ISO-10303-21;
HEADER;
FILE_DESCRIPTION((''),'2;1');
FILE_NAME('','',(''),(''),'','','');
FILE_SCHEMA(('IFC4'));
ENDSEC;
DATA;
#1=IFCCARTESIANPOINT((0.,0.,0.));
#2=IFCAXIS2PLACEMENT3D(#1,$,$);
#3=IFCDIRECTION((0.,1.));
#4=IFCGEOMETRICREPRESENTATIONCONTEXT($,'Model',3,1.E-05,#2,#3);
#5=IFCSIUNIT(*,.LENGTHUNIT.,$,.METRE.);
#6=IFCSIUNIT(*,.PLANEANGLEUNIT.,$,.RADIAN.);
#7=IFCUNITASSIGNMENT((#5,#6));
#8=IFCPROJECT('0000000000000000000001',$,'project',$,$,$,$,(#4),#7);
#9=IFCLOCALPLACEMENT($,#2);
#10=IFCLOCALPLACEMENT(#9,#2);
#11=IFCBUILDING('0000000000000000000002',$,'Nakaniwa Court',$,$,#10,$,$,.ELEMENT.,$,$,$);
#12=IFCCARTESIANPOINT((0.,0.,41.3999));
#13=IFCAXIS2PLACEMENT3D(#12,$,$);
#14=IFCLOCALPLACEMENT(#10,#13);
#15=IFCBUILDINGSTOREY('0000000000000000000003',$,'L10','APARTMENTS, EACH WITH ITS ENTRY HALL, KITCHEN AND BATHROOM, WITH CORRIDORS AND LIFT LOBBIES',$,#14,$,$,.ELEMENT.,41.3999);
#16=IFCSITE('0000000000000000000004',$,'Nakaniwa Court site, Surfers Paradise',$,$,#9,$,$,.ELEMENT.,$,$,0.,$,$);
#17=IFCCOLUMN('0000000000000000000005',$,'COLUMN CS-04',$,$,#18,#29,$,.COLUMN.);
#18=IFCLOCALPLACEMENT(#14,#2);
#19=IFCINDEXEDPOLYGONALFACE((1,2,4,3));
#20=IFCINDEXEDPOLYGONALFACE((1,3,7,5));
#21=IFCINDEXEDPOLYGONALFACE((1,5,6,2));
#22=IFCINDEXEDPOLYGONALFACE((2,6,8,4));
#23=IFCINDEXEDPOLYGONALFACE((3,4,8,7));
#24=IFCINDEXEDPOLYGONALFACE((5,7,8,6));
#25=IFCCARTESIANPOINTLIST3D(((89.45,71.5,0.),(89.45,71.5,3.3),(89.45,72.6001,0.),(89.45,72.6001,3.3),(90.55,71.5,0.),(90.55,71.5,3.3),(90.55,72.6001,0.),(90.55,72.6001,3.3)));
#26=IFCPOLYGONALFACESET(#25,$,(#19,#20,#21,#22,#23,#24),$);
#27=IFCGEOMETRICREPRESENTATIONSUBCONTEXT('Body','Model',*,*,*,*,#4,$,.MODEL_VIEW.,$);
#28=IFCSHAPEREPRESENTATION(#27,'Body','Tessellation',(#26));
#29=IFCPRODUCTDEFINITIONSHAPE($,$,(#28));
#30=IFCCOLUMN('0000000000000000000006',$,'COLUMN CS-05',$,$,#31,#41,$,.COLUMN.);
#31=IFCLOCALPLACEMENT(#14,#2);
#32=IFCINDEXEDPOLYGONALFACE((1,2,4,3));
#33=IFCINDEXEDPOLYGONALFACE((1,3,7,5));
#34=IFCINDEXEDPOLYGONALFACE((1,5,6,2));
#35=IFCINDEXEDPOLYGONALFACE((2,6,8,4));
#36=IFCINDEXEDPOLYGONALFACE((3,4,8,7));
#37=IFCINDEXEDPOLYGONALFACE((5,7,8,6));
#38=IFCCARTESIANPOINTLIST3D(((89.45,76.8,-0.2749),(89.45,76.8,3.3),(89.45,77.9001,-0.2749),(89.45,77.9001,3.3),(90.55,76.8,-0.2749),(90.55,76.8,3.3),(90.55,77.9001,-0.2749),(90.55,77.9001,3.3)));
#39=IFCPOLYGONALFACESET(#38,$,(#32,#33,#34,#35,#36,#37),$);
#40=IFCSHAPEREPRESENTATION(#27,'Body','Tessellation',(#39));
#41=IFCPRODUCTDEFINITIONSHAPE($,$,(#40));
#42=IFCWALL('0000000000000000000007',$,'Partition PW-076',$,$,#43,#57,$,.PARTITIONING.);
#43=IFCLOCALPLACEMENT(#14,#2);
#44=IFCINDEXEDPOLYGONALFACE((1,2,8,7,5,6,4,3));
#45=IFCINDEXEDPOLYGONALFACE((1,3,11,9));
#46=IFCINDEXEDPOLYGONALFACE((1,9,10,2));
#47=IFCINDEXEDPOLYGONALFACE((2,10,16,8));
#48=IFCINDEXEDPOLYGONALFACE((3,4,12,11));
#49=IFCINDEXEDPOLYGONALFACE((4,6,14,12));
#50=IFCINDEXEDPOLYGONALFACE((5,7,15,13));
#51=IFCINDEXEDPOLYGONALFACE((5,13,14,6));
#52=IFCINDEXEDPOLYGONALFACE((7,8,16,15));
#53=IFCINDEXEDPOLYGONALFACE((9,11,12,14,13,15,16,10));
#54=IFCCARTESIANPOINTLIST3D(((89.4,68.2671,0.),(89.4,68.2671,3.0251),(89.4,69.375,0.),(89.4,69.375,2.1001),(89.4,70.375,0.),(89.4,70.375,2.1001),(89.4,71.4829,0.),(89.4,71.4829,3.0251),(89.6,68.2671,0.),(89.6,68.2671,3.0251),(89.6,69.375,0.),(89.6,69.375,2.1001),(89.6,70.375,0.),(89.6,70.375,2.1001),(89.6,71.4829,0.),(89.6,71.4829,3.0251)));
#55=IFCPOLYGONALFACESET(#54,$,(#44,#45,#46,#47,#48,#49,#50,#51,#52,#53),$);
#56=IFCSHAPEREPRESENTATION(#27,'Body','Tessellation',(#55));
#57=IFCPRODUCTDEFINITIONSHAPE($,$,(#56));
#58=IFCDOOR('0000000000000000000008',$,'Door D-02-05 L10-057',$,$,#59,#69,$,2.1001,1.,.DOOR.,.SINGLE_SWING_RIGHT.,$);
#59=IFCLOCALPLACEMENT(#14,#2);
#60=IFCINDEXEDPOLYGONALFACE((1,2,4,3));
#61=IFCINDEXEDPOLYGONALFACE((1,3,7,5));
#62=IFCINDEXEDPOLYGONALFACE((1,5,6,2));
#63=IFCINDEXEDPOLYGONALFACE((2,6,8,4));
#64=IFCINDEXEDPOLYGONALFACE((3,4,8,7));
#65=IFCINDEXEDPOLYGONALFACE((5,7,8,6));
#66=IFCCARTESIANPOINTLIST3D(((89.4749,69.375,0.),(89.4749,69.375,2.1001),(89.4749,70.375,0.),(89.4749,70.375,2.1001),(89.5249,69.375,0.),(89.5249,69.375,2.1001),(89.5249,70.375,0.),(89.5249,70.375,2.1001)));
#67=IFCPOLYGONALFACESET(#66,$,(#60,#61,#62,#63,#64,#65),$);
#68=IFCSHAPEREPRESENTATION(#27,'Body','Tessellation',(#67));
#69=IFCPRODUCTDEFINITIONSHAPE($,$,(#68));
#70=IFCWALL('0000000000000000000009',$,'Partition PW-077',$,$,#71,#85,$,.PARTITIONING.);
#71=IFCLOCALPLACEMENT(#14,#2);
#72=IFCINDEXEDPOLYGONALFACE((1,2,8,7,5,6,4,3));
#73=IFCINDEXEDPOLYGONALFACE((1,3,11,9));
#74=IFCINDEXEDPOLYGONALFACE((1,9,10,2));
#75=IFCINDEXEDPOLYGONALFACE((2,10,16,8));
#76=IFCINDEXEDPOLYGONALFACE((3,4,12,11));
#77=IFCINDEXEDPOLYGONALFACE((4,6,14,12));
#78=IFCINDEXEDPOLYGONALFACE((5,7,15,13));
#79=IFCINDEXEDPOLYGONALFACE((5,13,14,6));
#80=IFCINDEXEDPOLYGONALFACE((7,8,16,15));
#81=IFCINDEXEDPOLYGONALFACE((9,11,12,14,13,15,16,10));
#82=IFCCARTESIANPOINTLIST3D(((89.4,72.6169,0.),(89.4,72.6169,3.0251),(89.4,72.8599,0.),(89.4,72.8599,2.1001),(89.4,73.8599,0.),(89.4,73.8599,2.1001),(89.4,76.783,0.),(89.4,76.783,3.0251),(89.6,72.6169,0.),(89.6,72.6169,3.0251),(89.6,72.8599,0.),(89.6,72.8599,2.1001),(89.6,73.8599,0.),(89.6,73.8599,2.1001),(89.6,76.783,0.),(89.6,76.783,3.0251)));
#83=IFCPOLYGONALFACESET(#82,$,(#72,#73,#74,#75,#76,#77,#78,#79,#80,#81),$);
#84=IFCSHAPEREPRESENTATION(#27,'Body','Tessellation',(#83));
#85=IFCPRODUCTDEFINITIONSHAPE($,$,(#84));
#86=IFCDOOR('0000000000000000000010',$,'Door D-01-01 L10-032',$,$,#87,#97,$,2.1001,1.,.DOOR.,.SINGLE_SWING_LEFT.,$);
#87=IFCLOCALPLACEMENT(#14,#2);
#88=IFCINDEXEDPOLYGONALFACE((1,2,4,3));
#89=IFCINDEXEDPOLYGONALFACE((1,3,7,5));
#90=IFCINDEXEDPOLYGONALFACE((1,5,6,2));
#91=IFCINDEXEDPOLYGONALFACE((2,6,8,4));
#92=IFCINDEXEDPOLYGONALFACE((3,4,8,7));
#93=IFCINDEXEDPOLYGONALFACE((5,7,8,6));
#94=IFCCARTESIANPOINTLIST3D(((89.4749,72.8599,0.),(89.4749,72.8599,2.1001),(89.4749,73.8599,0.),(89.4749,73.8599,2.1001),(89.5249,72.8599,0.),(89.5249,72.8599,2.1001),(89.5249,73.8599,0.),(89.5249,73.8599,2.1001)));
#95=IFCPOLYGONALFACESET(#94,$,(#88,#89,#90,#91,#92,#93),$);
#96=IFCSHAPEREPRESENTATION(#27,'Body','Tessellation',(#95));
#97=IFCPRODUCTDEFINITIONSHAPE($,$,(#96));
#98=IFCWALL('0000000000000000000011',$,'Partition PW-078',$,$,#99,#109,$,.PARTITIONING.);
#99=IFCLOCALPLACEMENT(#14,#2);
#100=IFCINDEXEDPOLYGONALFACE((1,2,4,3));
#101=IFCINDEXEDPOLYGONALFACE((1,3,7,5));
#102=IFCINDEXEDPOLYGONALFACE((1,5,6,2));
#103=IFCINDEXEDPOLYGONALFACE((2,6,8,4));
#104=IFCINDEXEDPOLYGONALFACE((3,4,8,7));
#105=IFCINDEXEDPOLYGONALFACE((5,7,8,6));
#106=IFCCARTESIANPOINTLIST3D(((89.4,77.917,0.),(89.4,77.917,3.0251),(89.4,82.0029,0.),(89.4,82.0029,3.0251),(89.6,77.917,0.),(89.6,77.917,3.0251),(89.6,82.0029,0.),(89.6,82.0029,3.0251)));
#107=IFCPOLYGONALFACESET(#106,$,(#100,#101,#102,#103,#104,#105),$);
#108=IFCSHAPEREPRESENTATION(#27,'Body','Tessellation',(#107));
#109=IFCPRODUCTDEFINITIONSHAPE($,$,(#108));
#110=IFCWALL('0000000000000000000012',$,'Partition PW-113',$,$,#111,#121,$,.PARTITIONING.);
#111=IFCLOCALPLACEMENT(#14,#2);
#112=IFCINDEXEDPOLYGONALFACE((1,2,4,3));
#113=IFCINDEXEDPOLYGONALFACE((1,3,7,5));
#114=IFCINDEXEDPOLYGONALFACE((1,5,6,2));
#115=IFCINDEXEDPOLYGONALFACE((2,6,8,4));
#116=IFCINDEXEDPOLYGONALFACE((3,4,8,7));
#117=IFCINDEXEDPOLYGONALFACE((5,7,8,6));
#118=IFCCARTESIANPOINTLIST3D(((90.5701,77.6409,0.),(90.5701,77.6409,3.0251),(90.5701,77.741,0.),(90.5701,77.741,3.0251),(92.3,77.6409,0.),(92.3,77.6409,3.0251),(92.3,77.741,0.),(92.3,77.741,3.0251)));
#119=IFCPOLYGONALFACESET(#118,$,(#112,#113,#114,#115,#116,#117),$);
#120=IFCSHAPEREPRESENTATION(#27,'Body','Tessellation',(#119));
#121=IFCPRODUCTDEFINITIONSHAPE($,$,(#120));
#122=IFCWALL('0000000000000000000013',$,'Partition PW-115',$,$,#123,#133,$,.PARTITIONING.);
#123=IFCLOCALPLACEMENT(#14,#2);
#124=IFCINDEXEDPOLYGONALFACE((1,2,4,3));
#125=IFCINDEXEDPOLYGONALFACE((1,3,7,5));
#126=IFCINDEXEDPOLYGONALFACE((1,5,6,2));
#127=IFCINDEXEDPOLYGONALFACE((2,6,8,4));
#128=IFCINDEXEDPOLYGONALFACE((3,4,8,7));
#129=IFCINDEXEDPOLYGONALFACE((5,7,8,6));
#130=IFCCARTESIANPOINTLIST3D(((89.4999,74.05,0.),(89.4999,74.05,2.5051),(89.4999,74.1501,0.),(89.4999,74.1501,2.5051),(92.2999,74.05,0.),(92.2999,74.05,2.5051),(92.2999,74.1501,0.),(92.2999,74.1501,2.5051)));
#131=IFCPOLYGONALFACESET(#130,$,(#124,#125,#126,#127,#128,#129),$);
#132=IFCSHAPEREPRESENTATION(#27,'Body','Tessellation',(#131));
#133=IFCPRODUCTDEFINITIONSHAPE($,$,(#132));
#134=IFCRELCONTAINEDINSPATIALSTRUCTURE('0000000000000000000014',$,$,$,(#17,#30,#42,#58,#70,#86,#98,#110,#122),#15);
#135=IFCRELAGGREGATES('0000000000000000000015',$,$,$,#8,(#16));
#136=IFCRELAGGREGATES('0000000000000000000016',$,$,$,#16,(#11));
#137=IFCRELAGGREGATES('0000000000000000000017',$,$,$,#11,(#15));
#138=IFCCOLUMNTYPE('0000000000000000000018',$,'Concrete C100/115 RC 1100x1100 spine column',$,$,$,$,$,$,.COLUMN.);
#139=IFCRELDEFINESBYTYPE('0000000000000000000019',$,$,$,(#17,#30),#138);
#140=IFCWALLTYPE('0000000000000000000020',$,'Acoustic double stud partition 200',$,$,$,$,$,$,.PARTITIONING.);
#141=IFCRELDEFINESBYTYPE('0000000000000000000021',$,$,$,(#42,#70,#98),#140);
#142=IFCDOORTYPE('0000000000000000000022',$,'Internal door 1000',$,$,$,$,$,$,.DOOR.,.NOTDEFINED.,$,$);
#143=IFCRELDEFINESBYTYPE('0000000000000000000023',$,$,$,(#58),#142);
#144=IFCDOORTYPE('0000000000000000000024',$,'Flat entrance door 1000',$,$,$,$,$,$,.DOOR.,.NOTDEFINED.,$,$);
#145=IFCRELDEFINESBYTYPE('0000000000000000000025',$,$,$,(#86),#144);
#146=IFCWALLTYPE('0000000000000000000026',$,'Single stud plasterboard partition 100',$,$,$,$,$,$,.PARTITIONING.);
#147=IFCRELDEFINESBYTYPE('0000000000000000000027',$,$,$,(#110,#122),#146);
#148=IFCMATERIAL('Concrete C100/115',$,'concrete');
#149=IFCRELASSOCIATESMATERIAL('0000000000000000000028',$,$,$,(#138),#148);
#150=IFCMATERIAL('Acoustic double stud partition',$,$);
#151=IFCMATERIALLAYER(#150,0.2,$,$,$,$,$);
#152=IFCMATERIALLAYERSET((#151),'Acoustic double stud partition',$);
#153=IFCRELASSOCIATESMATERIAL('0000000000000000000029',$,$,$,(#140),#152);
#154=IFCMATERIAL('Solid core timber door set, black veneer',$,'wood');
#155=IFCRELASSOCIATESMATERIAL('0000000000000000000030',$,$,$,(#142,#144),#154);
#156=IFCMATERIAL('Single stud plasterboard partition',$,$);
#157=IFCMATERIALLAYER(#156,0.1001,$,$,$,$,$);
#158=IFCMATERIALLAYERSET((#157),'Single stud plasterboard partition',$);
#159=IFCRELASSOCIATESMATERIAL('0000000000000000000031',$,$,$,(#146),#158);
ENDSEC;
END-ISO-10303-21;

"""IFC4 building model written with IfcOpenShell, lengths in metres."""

from ifc_helpers import new_model, si_unit, direction, frame, frame_2d, origin, origin_2d, place, context, subcontext, project, spatial, rectangle, extrude, material, layer, layer_set, material_profile, profile_set, type_object, element, fill, save


model = new_model("IFC4")

# Units and contexts
model_context = context("Model", 3, precision=1e-05, world=origin(), true_north=direction((0.0, 1.0)))
body_context = subcontext(model_context, "Body", "Model", "MODEL_VIEW")
ifc_project = project(units=[si_unit("LENGTHUNIT", "METRE"), si_unit("PLANEANGLEUNIT", "RADIAN")], contexts=[model_context])

# Site, building, storey
site_placement = place(None, origin())
site = spatial("IfcSite", under=ifc_project, at=site_placement, Name="Nakaniwa Court site, Surfers Paradise", CompositionType="ELEMENT", RefElevation=0.0)
building_placement = place(site_placement, origin())
building = spatial("IfcBuilding", under=site, at=building_placement, Name="Nakaniwa Court", CompositionType="ELEMENT")
storey_placement = place(building_placement, frame((0.0, 0.0, 41.3999)))
storey = spatial("IfcBuildingStorey", under=building, at=storey_placement, Name="L10", Description="APARTMENTS, EACH WITH ITS ENTRY HALL, KITCHEN AND BATHROOM, WITH CORRIDORS AND LIFT LOBBIES", CompositionType="ELEMENT", Elevation=41.3999)

# Columns
ifc_material_1 = material(Name="Concrete C100/115", Category="concrete")
ifc_material_profile = material_profile(ifc_material_1, rectangle(XDim=1.1001, YDim=1.1001, at=origin_2d()), Name="Concrete C100/115 RC 1100x1100 spine column")
ifc_profile_set = profile_set([ifc_material_profile], Name="Concrete C100/115")
column_type = type_object("IfcColumnType", Name="Concrete C100/115 RC 1100x1100 spine column", PredefinedType="COLUMN", material=ifc_profile_set)
column_1_placement = place(storey_placement, frame((90.0, 72.05, 0.0), z_axis=(0.0, 0.0, 1.0), x_axis=(0.0, 1.0, 0.0)))
element("IfcColumn", 1, at=column_1_placement, inside=storey, type_object=column_type, Name="COLUMN CS-04", PredefinedType="COLUMN", context=body_context, shape_type="SweptSolid", body=[
    extrude(rectangle(XDim=1.1001, YDim=1.1001, at=origin_2d()), origin(), (0.0, 0.0, 1.0), 3.3),
])
column_2_placement = place(storey_placement, frame((90.0, 77.3501, -0.2749), z_axis=(0.0, 0.0, 1.0), x_axis=(0.0, 1.0, 0.0)))
element("IfcColumn", 2, at=column_2_placement, inside=storey, type_object=column_type, Name="COLUMN CS-05", PredefinedType="COLUMN", context=body_context, shape_type="SweptSolid", body=[
    extrude(rectangle(XDim=1.1001, YDim=1.1001, at=origin_2d()), origin(), (0.0, 0.0, 1.0), 3.575),
])

# Walls, openings, doors
ifc_material_2 = material(Name="Acoustic double stud partition")
ifc_layer_1 = layer(ifc_material_2, 0.2)
ifc_layer_set_1 = layer_set([ifc_layer_1], Name="Acoustic double stud partition")
wall_type_1 = type_object("IfcWallType", Name="Acoustic double stud partition 200", PredefinedType="PARTITIONING", material=ifc_layer_set_1)
wall_1_placement = place(storey_placement, frame((89.5, 71.4829, 0.0), z_axis=(0.0, 0.0, 1.0), x_axis=(0.0, -1.0, 0.0)))
wall_1 = element("IfcWall", 3, at=wall_1_placement, inside=storey, type_object=wall_type_1, Name="Partition PW-076", PredefinedType="PARTITIONING", context=body_context, shape_type="SweptSolid", body=[
    extrude(rectangle(XDim=3.2158, YDim=0.2, at=frame_2d((1.6079, 0.0))), origin(), (0.0, 0.0, 1.0), 3.0251),
])
opening_1_placement = place(wall_1_placement, frame((1.1079, 0.0, 0.0)))
opening_1 = element("IfcOpeningElement", 4, at=opening_1_placement, cuts=wall_1, PredefinedType="OPENING", context=body_context, shape_type="SweptSolid", body=[
    extrude(rectangle(XDim=1.0, YDim=2.1001, at=frame_2d((0.5, 1.05))), frame((0.0, 0.1099, 0.0), z_axis=(0.0, -1.0, 0.0), x_axis=(1.0, 0.0, 0.0)), (0.0, 0.0, 1.0), 0.22),
])
ifc_material_3 = material(Name="Solid core timber door set, black veneer", Category="wood")
door_type_1 = type_object("IfcDoorType", Name="Internal door 1000", OperationType="NOTDEFINED", PredefinedType="DOOR", material=ifc_material_3)
door_1_placement = place(opening_1_placement, origin())
door_1 = element("IfcDoor", 5, at=door_1_placement, inside=storey, type_object=door_type_1, Name="Door D-02-05 L10-057", OperationType="SINGLE_SWING_RIGHT", OverallHeight=2.1001, OverallWidth=1.0, PredefinedType="DOOR", context=body_context, shape_type="SweptSolid", body=[
    extrude(rectangle(XDim=1.0, YDim=2.1001, at=frame_2d((0.5, 1.05))), frame((0.0, 0.0249, 0.0), z_axis=(0.0, -1.0, 0.0), x_axis=(1.0, 0.0, 0.0)), (0.0, 0.0, 1.0), 0.05),
])
fill(opening_1, door_1)
wall_2_placement = place(storey_placement, frame((89.5, 76.783, 0.0), z_axis=(0.0, 0.0, 1.0), x_axis=(0.0, -1.0, 0.0)))
wall_2 = element("IfcWall", 6, at=wall_2_placement, inside=storey, type_object=wall_type_1, Name="Partition PW-077", PredefinedType="PARTITIONING", context=body_context, shape_type="SweptSolid", body=[
    extrude(rectangle(XDim=4.166, YDim=0.2, at=frame_2d((2.083, 0.0))), origin(), (0.0, 0.0, 1.0), 3.0251),
])
opening_2_placement = place(wall_2_placement, frame((2.9231, 0.0, 0.0)))
opening_2 = element("IfcOpeningElement", 7, at=opening_2_placement, cuts=wall_2, PredefinedType="OPENING", context=body_context, shape_type="SweptSolid", body=[
    extrude(rectangle(XDim=1.0, YDim=2.1001, at=frame_2d((0.5, 1.05))), frame((0.0, 0.1099, 0.0), z_axis=(0.0, -1.0, 0.0), x_axis=(1.0, 0.0, 0.0)), (0.0, 0.0, 1.0), 0.22),
])
door_type_2 = type_object("IfcDoorType", Name="Flat entrance door 1000", OperationType="NOTDEFINED", PredefinedType="DOOR", material=ifc_material_3)
door_2_placement = place(opening_2_placement, origin())
door_2 = element("IfcDoor", 8, at=door_2_placement, inside=storey, type_object=door_type_2, Name="Door D-01-01 L10-032", OperationType="SINGLE_SWING_LEFT", OverallHeight=2.1001, OverallWidth=1.0, PredefinedType="DOOR", context=body_context, shape_type="SweptSolid", body=[
    extrude(rectangle(XDim=1.0, YDim=2.1001, at=frame_2d((0.5, 1.05))), frame((0.0, 0.0249, 0.0), z_axis=(0.0, -1.0, 0.0), x_axis=(1.0, 0.0, 0.0)), (0.0, 0.0, 1.0), 0.05),
])
fill(opening_2, door_2)

# Walls
wall_3_placement = place(storey_placement, frame((89.5, 77.917, 0.0), z_axis=(0.0, 0.0, 1.0), x_axis=(0.0, 1.0, 0.0)))
element("IfcWall", 9, at=wall_3_placement, inside=storey, type_object=wall_type_1, Name="Partition PW-078", PredefinedType="PARTITIONING", context=body_context, shape_type="SweptSolid", body=[
    extrude(rectangle(XDim=4.0859, YDim=0.2, at=frame_2d((2.043, 0.0))), origin(), (0.0, 0.0, 1.0), 3.0251),
])
ifc_material_4 = material(Name="Single stud plasterboard partition")
ifc_layer_2 = layer(ifc_material_4, 0.1001)
ifc_layer_set_2 = layer_set([ifc_layer_2], Name="Single stud plasterboard partition")
wall_type_2 = type_object("IfcWallType", Name="Single stud plasterboard partition 100", PredefinedType="PARTITIONING", material=ifc_layer_set_2)
wall_4_placement = place(storey_placement, frame((90.5701, 77.6909, 0.0), z_axis=(0.0, 0.0, 1.0), x_axis=(1.0, 0.0, 0.0)))
element("IfcWall", 10, at=wall_4_placement, inside=storey, type_object=wall_type_2, Name="Partition PW-113", PredefinedType="PARTITIONING", context=body_context, shape_type="SweptSolid", body=[
    extrude(rectangle(XDim=1.73, YDim=0.1001, at=frame_2d((0.865, 0.0))), origin(), (0.0, 0.0, 1.0), 3.0251),
])
wall_5_placement = place(storey_placement, frame((89.5, 74.1001, 0.0), z_axis=(0.0, 0.0, 1.0), x_axis=(1.0, 0.0, 0.0)))
element("IfcWall", 11, at=wall_5_placement, inside=storey, type_object=wall_type_2, Name="Partition PW-115", PredefinedType="PARTITIONING", context=body_context, shape_type="SweptSolid", body=[
    extrude(rectangle(XDim=2.8, YDim=0.1001, at=frame_2d((1.3999, 0.0))), origin(), (0.0, 0.0, 1.0), 2.5051),
])

save(model, "model.ifc")
